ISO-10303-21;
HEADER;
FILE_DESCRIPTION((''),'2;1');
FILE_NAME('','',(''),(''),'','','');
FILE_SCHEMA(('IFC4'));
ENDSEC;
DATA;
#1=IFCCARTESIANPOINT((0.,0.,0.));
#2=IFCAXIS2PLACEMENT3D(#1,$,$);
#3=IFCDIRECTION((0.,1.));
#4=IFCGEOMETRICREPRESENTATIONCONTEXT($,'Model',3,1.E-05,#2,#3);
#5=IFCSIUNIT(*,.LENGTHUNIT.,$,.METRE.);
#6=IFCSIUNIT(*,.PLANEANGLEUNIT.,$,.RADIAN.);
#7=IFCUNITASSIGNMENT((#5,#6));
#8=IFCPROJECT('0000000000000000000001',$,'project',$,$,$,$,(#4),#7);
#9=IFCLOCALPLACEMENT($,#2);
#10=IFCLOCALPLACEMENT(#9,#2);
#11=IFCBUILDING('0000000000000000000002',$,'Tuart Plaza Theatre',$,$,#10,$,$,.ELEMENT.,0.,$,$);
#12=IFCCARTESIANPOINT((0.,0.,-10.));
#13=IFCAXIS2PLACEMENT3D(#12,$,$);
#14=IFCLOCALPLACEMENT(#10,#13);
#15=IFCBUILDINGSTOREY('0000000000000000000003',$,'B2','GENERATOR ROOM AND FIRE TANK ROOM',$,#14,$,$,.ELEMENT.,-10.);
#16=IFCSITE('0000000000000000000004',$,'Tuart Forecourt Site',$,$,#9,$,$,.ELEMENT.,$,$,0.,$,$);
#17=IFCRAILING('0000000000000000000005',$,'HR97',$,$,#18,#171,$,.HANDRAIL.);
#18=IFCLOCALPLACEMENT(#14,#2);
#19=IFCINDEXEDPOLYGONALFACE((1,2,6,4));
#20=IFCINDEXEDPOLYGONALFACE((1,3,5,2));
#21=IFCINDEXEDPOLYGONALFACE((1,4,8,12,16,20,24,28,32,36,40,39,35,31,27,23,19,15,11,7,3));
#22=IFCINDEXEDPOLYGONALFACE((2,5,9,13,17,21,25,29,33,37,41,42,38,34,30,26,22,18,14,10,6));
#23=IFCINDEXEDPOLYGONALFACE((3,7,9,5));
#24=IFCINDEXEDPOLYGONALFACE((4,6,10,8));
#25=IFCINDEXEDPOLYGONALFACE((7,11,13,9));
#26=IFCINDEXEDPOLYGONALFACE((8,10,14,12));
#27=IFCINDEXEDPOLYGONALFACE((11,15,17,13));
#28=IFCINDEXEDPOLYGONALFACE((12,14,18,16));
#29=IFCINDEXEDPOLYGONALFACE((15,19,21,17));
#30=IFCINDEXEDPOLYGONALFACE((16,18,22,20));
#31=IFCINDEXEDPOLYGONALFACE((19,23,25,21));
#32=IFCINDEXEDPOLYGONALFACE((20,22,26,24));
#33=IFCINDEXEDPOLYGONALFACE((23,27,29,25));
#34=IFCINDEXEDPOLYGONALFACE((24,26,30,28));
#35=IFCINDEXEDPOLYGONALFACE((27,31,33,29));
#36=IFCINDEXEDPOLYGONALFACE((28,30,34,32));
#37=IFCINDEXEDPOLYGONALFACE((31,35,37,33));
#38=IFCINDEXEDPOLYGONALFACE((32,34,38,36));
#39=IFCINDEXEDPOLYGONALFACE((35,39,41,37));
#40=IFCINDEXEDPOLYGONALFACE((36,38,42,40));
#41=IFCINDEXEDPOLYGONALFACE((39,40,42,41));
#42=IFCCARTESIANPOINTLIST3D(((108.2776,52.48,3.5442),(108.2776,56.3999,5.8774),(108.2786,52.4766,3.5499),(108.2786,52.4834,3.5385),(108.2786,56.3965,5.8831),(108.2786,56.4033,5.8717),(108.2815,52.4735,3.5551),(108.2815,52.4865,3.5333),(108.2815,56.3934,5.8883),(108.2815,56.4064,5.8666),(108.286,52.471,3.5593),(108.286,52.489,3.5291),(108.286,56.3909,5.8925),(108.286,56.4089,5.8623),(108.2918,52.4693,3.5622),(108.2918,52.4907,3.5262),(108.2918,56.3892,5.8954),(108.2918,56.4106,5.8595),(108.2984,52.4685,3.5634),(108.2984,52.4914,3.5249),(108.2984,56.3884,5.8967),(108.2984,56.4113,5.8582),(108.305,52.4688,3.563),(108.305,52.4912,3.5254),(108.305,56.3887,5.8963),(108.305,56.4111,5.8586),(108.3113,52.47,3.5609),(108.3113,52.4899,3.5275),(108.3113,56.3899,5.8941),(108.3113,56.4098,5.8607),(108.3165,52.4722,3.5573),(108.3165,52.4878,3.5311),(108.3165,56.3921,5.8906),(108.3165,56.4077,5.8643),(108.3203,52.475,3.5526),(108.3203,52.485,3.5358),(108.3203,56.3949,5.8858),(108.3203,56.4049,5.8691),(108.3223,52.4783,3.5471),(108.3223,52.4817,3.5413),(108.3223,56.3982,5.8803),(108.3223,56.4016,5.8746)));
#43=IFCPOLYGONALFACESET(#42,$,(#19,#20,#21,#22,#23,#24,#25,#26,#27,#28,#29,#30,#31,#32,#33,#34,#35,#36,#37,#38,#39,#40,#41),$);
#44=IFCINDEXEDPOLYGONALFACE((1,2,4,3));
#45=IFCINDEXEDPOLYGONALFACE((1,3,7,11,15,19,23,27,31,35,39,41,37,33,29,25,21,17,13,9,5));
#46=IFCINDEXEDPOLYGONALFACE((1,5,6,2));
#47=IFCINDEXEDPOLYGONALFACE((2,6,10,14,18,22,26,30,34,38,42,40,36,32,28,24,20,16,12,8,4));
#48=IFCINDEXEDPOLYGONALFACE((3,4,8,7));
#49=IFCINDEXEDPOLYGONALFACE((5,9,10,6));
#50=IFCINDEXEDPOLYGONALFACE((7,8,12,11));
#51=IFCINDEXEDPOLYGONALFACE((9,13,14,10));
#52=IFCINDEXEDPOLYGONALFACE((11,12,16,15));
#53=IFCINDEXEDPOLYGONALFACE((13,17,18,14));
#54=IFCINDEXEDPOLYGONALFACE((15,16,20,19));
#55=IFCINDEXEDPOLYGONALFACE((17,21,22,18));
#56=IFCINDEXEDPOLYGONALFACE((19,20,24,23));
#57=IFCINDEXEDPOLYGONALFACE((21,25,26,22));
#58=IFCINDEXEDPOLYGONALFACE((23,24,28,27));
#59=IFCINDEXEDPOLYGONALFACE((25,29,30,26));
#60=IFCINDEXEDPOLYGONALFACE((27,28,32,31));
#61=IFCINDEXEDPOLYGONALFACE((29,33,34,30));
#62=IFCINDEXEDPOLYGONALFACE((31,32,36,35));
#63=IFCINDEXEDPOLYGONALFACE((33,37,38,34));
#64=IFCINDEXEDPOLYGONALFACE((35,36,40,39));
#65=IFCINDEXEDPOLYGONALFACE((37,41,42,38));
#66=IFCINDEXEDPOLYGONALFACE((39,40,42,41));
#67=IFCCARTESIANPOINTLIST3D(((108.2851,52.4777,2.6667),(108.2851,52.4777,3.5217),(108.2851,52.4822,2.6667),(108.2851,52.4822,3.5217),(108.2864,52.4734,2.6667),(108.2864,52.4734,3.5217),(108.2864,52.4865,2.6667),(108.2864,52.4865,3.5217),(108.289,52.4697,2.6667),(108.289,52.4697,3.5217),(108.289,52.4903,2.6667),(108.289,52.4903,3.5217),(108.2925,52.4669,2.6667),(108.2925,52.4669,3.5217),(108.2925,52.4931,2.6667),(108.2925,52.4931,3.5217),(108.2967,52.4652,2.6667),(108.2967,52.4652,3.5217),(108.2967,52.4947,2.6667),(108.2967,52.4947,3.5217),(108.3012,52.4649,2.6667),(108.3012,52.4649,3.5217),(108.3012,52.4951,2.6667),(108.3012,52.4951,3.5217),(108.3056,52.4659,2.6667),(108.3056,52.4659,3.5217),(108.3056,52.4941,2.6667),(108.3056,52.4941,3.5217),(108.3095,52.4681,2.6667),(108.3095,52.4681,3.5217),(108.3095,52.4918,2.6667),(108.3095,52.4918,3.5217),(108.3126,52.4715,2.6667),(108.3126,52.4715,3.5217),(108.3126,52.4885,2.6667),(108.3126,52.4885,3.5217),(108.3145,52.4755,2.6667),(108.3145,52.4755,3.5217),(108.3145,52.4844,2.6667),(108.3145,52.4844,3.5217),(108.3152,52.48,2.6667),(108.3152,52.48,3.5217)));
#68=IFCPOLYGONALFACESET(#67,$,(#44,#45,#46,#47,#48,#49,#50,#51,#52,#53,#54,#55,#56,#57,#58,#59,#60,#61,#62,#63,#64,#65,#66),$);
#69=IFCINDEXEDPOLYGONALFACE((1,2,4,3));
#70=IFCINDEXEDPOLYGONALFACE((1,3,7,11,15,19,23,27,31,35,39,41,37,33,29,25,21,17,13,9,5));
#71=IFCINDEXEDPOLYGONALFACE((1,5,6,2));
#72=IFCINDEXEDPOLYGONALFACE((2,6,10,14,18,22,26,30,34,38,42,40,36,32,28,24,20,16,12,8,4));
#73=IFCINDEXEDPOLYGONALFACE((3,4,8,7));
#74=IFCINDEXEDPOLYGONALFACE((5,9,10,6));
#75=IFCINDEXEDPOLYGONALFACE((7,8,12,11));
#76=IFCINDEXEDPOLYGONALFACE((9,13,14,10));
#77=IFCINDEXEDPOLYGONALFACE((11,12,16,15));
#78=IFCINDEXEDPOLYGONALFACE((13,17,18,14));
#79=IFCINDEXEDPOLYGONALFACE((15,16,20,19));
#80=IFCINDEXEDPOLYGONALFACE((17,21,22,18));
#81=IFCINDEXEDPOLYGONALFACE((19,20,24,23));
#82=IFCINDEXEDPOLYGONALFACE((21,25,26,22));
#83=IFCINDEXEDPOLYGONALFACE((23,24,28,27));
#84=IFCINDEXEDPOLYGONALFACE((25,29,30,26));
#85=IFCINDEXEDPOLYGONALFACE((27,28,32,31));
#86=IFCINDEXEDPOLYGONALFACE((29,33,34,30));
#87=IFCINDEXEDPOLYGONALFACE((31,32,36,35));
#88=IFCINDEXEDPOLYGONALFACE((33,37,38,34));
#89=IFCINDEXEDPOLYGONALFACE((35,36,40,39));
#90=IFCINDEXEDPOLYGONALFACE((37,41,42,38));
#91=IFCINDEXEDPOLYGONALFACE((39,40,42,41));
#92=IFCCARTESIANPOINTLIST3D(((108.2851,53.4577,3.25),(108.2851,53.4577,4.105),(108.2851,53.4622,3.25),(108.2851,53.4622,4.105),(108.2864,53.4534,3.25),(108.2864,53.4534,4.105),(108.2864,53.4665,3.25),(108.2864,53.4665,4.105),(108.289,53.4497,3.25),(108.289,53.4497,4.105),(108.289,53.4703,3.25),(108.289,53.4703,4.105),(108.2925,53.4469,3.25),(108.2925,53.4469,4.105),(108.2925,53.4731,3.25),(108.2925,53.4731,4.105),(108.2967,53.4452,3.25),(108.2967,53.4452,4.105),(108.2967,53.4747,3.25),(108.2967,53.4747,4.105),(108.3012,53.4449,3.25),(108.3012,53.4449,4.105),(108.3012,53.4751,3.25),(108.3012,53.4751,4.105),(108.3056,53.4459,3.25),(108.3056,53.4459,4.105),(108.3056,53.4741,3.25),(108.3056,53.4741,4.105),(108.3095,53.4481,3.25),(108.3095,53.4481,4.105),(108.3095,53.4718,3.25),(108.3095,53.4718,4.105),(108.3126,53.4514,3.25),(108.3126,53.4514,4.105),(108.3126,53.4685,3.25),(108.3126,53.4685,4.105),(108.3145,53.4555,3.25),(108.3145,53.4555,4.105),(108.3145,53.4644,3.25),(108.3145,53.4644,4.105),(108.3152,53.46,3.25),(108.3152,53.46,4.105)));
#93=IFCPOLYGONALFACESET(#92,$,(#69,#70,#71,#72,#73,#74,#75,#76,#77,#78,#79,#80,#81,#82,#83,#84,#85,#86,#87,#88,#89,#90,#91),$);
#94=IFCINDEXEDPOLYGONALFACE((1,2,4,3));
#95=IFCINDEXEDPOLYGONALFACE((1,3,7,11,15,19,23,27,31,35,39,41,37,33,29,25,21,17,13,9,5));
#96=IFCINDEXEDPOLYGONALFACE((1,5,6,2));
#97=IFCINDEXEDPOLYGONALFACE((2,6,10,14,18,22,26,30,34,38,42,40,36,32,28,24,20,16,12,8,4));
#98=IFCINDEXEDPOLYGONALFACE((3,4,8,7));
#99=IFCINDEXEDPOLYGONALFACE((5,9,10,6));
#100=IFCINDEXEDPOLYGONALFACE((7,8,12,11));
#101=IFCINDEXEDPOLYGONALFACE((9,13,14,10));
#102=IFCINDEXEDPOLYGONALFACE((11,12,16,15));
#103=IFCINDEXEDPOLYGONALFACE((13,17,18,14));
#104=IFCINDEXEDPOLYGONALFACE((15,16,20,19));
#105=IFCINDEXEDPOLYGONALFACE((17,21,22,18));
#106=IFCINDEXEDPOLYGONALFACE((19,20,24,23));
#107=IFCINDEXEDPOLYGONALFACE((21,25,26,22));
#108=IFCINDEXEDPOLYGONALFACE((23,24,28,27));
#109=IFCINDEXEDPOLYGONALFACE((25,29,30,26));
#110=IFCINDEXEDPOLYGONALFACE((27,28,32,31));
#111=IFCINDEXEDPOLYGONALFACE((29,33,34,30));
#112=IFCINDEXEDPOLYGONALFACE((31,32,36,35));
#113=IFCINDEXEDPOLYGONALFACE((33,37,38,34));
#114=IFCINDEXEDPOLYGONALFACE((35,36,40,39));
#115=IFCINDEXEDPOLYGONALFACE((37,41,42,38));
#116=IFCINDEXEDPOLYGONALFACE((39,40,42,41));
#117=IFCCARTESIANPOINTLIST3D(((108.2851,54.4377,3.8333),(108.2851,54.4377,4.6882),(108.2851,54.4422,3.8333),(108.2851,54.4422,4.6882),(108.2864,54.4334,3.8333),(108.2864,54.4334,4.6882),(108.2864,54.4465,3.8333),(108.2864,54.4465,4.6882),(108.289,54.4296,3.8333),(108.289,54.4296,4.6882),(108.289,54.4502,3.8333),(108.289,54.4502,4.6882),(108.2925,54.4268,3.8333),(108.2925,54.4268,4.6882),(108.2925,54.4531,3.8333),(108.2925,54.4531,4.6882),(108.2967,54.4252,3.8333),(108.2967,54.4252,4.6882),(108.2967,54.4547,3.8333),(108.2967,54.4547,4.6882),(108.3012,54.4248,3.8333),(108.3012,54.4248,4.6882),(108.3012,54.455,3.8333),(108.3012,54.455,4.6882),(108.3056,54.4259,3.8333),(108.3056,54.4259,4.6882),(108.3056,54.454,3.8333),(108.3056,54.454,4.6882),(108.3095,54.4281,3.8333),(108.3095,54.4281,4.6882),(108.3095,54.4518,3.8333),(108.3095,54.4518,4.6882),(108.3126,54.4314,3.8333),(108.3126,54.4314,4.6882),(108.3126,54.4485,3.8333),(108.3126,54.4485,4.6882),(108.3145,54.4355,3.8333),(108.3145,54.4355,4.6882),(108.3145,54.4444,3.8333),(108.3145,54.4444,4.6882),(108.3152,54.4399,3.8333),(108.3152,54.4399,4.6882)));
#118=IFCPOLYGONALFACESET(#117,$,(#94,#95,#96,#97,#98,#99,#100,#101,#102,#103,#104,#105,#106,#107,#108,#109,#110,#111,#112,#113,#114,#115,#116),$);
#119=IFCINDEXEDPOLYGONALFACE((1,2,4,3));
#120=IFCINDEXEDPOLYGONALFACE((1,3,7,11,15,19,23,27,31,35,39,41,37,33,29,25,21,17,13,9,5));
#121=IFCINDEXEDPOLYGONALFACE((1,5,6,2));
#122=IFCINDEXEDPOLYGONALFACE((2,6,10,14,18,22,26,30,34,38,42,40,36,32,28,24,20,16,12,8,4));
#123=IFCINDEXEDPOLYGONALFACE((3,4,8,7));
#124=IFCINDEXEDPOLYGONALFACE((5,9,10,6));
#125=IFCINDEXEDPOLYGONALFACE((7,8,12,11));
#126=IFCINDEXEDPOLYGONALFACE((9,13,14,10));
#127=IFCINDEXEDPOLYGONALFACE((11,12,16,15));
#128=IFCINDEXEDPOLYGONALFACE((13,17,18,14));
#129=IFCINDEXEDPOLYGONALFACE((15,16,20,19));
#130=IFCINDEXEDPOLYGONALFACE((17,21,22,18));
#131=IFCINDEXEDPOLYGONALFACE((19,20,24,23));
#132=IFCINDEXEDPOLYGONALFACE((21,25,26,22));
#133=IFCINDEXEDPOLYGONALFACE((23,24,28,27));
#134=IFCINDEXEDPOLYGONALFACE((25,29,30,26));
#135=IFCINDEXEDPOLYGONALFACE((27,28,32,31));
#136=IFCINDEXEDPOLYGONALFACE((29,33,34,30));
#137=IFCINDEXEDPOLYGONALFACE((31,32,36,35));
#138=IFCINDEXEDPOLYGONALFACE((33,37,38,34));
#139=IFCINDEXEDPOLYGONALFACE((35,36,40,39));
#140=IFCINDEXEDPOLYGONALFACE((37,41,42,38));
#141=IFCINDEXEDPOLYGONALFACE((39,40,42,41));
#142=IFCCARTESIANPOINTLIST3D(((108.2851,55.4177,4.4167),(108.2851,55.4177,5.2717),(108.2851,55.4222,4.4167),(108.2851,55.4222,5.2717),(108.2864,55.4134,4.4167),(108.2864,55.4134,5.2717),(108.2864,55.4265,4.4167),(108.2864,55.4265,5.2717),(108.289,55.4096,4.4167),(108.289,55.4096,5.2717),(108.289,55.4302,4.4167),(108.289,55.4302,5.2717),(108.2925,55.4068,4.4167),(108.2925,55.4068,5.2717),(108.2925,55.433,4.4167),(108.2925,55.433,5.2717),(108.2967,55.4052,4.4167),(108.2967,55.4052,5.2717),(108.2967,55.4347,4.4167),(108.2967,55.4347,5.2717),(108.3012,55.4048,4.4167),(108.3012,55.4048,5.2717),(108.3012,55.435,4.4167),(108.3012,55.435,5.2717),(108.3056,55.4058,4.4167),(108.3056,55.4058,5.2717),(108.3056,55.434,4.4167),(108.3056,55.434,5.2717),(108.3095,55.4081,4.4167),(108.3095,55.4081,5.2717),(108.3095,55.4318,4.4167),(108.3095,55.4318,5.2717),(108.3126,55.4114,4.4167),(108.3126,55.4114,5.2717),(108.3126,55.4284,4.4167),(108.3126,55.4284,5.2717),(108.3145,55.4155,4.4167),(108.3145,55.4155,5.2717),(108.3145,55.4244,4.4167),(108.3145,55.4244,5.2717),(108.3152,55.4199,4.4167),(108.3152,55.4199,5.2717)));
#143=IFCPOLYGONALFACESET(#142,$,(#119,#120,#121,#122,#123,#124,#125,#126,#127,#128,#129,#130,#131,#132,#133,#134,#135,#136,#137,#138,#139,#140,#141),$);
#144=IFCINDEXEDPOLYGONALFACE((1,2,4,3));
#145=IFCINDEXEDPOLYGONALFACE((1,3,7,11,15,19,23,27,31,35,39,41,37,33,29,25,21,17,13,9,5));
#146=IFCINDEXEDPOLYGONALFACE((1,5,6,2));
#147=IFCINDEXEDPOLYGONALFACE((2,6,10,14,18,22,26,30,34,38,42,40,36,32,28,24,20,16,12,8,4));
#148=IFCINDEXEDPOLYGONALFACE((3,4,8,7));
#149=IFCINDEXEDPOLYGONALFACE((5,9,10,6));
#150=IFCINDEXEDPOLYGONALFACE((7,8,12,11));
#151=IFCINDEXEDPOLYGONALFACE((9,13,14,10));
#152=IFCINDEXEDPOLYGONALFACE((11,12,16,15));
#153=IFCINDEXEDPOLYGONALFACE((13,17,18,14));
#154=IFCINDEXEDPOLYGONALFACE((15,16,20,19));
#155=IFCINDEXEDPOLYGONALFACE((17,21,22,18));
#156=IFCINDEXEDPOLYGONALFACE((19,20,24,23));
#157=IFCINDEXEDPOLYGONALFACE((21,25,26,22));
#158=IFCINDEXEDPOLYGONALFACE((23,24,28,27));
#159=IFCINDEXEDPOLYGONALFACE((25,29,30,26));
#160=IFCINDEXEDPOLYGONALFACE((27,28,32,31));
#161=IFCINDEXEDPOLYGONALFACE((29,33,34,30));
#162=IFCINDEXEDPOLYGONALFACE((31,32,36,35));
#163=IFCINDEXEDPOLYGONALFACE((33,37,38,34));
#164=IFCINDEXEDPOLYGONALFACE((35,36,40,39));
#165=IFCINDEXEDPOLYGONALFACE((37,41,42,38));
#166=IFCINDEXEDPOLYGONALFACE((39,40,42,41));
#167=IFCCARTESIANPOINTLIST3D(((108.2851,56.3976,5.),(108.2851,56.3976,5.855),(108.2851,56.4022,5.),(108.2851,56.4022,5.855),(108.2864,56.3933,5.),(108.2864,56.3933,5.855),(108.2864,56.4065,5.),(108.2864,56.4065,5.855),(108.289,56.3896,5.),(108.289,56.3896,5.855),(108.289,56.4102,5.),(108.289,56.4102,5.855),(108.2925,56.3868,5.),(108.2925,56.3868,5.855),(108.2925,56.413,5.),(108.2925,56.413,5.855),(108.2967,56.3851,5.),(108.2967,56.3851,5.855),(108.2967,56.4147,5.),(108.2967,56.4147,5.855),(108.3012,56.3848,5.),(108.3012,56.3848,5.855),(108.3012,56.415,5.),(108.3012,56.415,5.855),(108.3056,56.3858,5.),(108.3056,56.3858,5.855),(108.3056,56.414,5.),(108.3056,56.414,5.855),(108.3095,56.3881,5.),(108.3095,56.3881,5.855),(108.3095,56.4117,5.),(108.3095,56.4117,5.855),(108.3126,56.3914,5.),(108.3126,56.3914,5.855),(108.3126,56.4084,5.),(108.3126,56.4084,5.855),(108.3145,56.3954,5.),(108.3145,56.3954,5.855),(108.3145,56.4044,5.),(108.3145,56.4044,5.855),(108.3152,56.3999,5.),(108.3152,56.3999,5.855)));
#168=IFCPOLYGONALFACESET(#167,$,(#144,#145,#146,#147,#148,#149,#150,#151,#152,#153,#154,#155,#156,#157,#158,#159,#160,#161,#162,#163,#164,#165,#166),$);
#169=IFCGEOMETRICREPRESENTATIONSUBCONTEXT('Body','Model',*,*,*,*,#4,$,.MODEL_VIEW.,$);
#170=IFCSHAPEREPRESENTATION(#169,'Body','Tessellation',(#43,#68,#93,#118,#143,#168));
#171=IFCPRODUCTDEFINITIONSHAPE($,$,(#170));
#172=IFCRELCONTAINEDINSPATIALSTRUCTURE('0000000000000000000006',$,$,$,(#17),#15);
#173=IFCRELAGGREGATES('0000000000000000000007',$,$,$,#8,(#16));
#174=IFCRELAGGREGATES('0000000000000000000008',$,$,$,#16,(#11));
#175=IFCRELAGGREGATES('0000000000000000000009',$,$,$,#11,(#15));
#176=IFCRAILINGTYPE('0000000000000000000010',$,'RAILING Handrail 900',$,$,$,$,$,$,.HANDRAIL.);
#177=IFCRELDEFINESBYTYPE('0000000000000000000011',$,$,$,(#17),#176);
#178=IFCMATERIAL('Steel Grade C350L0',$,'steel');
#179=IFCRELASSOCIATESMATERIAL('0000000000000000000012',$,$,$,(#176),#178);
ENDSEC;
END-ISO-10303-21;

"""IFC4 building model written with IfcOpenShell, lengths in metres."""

from ifc_helpers import new_model, si_unit, direction, frame, origin, origin_2d, place, context, subcontext, project, spatial, circle, extrude, material, type_object, element, save


model = new_model("IFC4")

# Units and contexts
model_context = context("Model", 3, precision=1e-05, world=origin(), true_north=direction((0.0, 1.0)))
body_context = subcontext(model_context, "Body", "Model", "MODEL_VIEW")
ifc_project = project(units=[si_unit("LENGTHUNIT", "METRE"), si_unit("PLANEANGLEUNIT", "RADIAN")], contexts=[model_context])

# Site, building, storey
site_placement = place(None, origin())
site = spatial("IfcSite", under=ifc_project, at=site_placement, Name="Tuart Forecourt Site", CompositionType="ELEMENT", RefElevation=0.0)
building_placement = place(site_placement, origin())
building = spatial("IfcBuilding", under=site, at=building_placement, Name="Tuart Plaza Theatre", CompositionType="ELEMENT", ElevationOfRefHeight=0.0)
storey_placement = place(building_placement, frame((0.0, 0.0, -10.0)))
storey = spatial("IfcBuildingStorey", under=building, at=storey_placement, Name="B2", Description="GENERATOR ROOM AND FIRE TANK ROOM", CompositionType="ELEMENT", Elevation=-10.0)

# Railing
ifc_material_1 = material(Name="Steel Grade C350L0", Category="steel")
railing_type_1 = type_object("IfcRailingType", Name="RAILING Handrail 900", PredefinedType="HANDRAIL", material=ifc_material_1)
railing_1_placement = place(storey_placement, frame((108.3, 52.48, 2.6667)))
element("IfcRailing", 1, at=railing_1_placement, inside=storey, type_object=railing_type_1, Name="HR97", PredefinedType="HANDRAIL", context=body_context, shape_type="SweptSolid", body=[
    extrude(circle(Radius=0.0225, at=origin_2d()), frame((0.0, 0.0, 0.8774), z_axis=(0.0, 0.859296, 0.511478), x_axis=(-1.0, 0.0, 0.0)), (0.0, 0.0, 1.0), 4.5618),
    extrude(circle(Radius=0.0151, at=origin_2d()), origin(), (0.0, 0.0, 1.0), 0.855),
    extrude(circle(Radius=0.0151, at=origin_2d()), frame((0.0, 0.98, 0.5833)), (0.0, 0.0, 1.0), 0.855),
    extrude(circle(Radius=0.0151, at=origin_2d()), frame((0.0, 1.96, 1.1665)), (0.0, 0.0, 1.0), 0.855),
    extrude(circle(Radius=0.0151, at=origin_2d()), frame((0.0, 2.9399, 1.75)), (0.0, 0.0, 1.0), 0.855),
    extrude(circle(Radius=0.0151, at=origin_2d()), frame((0.0, 3.9199, 2.3333)), (0.0, 0.0, 1.0), 0.855),
])

save(model, "model.ifc")
